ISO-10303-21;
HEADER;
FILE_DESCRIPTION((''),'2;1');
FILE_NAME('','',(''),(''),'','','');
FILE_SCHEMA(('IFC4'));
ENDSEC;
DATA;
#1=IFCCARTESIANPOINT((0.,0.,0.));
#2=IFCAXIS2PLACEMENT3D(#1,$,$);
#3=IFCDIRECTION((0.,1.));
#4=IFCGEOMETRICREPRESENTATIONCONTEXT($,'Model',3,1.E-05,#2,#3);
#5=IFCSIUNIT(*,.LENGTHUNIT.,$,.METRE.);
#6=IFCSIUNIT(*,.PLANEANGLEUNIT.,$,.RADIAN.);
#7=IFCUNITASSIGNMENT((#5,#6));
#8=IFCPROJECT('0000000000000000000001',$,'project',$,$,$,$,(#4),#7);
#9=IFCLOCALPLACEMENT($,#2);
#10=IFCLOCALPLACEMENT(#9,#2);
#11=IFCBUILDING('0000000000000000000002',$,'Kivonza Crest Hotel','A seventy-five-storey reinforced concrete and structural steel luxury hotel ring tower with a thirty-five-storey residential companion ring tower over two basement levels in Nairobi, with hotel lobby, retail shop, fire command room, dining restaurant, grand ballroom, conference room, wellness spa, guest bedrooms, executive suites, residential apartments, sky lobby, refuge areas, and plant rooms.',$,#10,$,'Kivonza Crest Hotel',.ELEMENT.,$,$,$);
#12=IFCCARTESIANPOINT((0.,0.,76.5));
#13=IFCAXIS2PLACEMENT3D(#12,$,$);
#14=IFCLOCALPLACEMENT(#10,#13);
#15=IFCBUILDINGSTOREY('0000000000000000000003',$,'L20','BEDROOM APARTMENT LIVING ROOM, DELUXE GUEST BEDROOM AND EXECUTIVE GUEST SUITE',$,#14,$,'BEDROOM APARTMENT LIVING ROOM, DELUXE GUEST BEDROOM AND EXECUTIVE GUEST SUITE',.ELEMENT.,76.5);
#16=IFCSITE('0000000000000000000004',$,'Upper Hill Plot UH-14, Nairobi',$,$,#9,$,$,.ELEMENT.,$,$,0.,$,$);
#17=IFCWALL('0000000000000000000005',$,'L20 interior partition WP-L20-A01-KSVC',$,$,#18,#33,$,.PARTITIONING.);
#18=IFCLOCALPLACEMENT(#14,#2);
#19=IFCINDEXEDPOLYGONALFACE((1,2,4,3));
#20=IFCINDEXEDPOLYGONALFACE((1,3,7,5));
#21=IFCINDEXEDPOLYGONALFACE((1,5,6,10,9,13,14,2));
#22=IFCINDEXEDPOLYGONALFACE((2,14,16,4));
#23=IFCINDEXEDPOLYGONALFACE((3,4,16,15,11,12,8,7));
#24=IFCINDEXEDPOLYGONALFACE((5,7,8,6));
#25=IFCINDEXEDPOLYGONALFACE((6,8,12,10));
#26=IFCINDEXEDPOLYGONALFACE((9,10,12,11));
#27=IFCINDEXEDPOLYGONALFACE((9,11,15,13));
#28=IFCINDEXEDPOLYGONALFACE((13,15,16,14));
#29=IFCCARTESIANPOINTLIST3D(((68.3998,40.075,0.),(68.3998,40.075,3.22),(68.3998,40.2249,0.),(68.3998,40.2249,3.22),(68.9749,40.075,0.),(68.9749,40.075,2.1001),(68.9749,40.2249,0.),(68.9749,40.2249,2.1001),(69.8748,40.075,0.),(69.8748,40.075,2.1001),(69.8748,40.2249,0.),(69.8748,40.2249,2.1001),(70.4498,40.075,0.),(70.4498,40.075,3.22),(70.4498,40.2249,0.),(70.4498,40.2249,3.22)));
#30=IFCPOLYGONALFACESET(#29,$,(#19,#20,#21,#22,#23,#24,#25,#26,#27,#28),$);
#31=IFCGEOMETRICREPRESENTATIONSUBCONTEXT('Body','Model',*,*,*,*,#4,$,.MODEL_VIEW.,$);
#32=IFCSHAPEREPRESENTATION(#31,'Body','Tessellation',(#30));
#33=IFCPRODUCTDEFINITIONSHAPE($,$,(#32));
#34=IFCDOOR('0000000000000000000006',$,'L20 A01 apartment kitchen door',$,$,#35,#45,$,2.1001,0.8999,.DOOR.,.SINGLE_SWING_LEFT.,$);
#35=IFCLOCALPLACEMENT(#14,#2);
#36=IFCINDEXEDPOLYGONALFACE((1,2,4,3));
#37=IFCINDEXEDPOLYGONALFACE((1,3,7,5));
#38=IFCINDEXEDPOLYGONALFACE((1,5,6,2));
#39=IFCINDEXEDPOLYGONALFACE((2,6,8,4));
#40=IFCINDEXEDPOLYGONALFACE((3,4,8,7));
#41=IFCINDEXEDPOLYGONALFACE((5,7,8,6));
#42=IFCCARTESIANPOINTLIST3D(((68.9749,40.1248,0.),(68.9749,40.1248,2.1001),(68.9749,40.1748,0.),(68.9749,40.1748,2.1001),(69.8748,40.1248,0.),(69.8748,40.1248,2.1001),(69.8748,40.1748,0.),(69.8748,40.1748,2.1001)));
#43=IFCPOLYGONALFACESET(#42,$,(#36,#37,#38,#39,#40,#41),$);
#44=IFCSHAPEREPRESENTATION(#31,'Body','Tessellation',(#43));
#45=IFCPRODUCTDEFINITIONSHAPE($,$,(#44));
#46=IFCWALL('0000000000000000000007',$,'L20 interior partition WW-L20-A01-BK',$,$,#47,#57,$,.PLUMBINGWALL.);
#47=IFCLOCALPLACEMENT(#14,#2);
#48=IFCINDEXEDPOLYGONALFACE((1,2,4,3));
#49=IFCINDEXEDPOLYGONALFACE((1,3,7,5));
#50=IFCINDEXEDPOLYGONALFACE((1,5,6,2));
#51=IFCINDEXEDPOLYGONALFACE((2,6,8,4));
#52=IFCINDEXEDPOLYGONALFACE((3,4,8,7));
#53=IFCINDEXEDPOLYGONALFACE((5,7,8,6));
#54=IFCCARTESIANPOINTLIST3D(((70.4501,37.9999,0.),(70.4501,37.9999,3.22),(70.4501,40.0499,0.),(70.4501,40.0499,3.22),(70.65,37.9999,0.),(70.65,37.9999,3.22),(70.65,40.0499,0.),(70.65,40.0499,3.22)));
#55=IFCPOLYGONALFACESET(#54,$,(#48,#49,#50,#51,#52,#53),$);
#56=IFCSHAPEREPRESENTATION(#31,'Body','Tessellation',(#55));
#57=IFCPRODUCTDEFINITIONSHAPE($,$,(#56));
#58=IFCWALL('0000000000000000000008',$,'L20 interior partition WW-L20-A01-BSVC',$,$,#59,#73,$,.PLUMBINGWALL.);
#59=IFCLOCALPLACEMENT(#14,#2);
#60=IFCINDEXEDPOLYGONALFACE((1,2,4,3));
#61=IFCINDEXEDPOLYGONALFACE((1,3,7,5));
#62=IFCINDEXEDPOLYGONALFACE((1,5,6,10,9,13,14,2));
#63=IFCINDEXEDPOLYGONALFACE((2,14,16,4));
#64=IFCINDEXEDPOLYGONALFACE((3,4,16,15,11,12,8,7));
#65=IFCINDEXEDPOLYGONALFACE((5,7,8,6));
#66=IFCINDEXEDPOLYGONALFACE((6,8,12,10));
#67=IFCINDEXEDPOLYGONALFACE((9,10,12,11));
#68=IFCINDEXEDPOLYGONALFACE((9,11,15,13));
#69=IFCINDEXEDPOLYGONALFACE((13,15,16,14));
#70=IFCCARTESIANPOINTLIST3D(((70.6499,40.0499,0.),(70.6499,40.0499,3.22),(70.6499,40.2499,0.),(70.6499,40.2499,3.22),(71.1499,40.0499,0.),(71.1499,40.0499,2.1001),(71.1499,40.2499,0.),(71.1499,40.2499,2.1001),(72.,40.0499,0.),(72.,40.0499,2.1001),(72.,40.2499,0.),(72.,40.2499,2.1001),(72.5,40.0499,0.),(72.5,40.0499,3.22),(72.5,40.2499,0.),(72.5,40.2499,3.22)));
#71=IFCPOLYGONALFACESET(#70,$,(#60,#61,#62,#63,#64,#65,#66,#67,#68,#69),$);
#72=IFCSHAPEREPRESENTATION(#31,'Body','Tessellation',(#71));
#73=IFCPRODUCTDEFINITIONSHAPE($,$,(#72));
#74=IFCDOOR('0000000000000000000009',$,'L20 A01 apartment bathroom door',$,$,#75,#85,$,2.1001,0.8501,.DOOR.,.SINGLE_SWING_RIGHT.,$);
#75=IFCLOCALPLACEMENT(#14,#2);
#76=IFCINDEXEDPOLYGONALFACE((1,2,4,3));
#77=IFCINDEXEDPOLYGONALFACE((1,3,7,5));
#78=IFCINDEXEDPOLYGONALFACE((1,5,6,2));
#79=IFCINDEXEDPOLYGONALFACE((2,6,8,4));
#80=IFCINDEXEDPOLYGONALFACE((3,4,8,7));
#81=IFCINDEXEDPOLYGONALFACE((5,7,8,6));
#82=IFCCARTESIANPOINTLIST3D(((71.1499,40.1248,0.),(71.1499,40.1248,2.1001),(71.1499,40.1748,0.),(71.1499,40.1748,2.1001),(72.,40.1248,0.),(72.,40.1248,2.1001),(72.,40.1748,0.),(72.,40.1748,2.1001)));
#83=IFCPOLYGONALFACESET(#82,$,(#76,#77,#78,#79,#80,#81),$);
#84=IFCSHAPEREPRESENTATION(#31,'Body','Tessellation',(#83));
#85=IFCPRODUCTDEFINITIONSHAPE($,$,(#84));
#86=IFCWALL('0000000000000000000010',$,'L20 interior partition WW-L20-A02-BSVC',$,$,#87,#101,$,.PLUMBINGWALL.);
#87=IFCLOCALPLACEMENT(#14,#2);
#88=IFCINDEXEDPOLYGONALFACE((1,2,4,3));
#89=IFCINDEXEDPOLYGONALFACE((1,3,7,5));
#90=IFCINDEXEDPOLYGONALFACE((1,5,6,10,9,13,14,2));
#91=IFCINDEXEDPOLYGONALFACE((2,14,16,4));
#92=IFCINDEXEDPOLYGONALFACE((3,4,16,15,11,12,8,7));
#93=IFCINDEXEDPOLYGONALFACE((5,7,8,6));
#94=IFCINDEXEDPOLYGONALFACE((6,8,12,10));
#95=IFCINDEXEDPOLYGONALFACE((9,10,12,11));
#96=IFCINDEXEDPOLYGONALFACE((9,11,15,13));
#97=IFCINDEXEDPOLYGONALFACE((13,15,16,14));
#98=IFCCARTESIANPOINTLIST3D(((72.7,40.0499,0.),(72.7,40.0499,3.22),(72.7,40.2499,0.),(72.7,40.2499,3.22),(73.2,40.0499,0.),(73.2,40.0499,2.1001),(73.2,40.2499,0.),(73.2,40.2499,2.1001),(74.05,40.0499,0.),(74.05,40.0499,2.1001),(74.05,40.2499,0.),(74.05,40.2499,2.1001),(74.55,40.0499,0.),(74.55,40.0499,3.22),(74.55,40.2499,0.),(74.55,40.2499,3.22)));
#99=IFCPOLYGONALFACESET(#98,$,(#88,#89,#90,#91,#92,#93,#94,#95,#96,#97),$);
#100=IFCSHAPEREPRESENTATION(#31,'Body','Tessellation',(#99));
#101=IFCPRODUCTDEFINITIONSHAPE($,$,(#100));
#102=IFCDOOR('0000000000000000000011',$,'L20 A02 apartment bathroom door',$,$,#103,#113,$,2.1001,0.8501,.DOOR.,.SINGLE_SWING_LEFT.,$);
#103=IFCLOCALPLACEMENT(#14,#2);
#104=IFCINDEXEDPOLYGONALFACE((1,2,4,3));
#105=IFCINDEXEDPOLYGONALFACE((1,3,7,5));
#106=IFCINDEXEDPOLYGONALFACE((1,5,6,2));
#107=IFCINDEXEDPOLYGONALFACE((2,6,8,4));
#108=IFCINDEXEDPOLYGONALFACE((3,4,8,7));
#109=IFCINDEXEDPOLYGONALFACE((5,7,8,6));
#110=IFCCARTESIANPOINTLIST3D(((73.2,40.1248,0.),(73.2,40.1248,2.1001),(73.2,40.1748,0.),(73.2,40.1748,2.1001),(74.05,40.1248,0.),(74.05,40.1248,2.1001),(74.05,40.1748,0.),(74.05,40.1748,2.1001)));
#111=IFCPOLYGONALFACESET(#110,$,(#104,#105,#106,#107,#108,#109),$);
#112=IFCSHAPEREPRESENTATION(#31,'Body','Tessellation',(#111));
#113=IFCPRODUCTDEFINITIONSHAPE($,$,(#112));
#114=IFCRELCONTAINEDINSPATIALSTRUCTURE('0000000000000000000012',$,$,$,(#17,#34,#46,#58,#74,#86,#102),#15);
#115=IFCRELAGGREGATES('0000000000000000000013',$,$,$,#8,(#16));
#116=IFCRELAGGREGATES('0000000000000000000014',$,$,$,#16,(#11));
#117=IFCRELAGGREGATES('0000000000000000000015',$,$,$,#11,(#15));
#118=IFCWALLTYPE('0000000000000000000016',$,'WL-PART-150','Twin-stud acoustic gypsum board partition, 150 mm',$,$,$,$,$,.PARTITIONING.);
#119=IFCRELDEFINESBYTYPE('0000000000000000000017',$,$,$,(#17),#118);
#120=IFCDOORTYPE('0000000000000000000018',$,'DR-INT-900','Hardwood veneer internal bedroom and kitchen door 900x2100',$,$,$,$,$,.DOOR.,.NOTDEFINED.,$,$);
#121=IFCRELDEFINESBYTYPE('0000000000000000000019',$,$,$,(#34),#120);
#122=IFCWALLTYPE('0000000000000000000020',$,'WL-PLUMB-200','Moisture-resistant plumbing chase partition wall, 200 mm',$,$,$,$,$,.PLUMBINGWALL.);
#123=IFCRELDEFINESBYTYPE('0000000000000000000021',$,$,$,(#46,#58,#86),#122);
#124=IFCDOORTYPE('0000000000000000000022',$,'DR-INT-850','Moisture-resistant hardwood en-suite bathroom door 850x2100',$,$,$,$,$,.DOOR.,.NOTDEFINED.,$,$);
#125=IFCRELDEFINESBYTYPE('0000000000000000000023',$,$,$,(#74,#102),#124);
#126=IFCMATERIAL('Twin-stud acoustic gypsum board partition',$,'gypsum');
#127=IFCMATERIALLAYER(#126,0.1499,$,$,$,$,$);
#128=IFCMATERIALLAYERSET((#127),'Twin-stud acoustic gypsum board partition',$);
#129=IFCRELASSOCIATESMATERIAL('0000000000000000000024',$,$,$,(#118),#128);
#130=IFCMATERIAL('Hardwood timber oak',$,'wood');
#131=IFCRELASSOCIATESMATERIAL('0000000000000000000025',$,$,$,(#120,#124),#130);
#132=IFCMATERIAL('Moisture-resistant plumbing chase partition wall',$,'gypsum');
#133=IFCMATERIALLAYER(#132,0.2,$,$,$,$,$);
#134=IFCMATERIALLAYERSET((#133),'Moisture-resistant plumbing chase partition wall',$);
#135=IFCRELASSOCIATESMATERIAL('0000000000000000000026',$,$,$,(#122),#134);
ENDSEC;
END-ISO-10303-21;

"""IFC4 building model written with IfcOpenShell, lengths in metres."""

from ifc_helpers import new_model, si_unit, direction, frame, frame_2d, origin, place, context, subcontext, project, spatial, rectangle, extrude, material, layer, layer_set, type_object, element, fill, save


model = new_model("IFC4")

# Units and contexts
model_context = context("Model", 3, precision=1e-05, world=origin(), true_north=direction((0.0, 1.0)))
body_context = subcontext(model_context, "Body", "Model", "MODEL_VIEW")
ifc_project = project(units=[si_unit("LENGTHUNIT", "METRE"), si_unit("PLANEANGLEUNIT", "RADIAN")], contexts=[model_context])

# Site, building, storey
site_placement = place(None, origin())
site = spatial("IfcSite", under=ifc_project, at=site_placement, Name="Upper Hill Plot UH-14, Nairobi", CompositionType="ELEMENT", RefElevation=0.0)
building_placement = place(site_placement, origin())
building = spatial("IfcBuilding", under=site, at=building_placement, Name="Kivonza Crest Hotel", Description="A seventy-five-storey reinforced concrete and structural steel luxury hotel ring tower with a thirty-five-storey residential companion ring tower over two basement levels in Nairobi, with hotel lobby, retail shop, fire command room, dining restaurant, grand ballroom, conference room, wellness spa, guest bedrooms, executive suites, residential apartments, sky lobby, refuge areas, and plant rooms.", LongName="Kivonza Crest Hotel", CompositionType="ELEMENT")
storey_placement = place(building_placement, frame((0.0, 0.0, 76.5)))
storey = spatial("IfcBuildingStorey", under=building, at=storey_placement, Name="L20", Description="BEDROOM APARTMENT LIVING ROOM, DELUXE GUEST BEDROOM AND EXECUTIVE GUEST SUITE", LongName="BEDROOM APARTMENT LIVING ROOM, DELUXE GUEST BEDROOM AND EXECUTIVE GUEST SUITE", CompositionType="ELEMENT", Elevation=76.5)

# Shared definitions
ifc_material_1 = material(Name="Hardwood timber oak", Category="wood")

# Shared definitions
ifc_material_2 = material(Name="Twin-stud acoustic gypsum board partition", Category="gypsum")
ifc_layer_1 = layer(ifc_material_2, 0.1499)
ifc_layer_set_1 = layer_set([ifc_layer_1], Name="Twin-stud acoustic gypsum board partition")
wall_type_1 = type_object("IfcWallType", Name="WL-PART-150", Description="Twin-stud acoustic gypsum board partition, 150 mm", PredefinedType="PARTITIONING", material=ifc_layer_set_1)

# Wall, opening, door
wall_1_placement = place(storey_placement, frame((68.3999, 40.1499, 0.0), z_axis=(0.0, 0.0, 1.0), x_axis=(1.0, 0.0, 0.0)))
wall_1 = element("IfcWall", 1, at=wall_1_placement, inside=storey, type_object=wall_type_1, Name="L20 interior partition WP-L20-A01-KSVC", PredefinedType="PARTITIONING", context=body_context, shape_type="SweptSolid", body=[
    extrude(rectangle(XDim=2.05, YDim=0.1499, at=frame_2d((1.0249, 0.0))), origin(), (0.0, 0.0, 1.0), 3.22),
])
opening_1_placement = place(wall_1_placement, frame((0.575, 0.0, 0.0)))
opening_1 = element("IfcOpeningElement", 2, at=opening_1_placement, cuts=wall_1, PredefinedType="OPENING", context=body_context, shape_type="SweptSolid", body=[
    extrude(rectangle(XDim=0.8999, YDim=2.1001, at=frame_2d((0.45, 1.05))), frame((0.0, 0.085, 0.0), z_axis=(0.0, -1.0, 0.0), x_axis=(1.0, 0.0, 0.0)), (0.0, 0.0, 1.0), 0.1699),
])
door_type_1 = type_object("IfcDoorType", Name="DR-INT-900", Description="Hardwood veneer internal bedroom and kitchen door 900x2100", OperationType="NOTDEFINED", PredefinedType="DOOR", material=ifc_material_1)
door_1_placement = place(opening_1_placement, origin())
door_1 = element("IfcDoor", 3, at=door_1_placement, inside=storey, type_object=door_type_1, Name="L20 A01 apartment kitchen door", OperationType="SINGLE_SWING_LEFT", OverallHeight=2.1001, OverallWidth=0.8999, PredefinedType="DOOR", context=body_context, shape_type="SweptSolid", body=[
    extrude(rectangle(XDim=0.8999, YDim=2.1001, at=frame_2d((0.45, 1.05))), frame((0.0, 0.0249, 0.0), z_axis=(0.0, -1.0, 0.0), x_axis=(1.0, 0.0, 0.0)), (0.0, 0.0, 1.0), 0.05),
])
fill(opening_1, door_1)

# Wall
ifc_material_3 = material(Name="Moisture-resistant plumbing chase partition wall", Category="gypsum")
ifc_layer_2 = layer(ifc_material_3, 0.2)
ifc_layer_set_2 = layer_set([ifc_layer_2], Name="Moisture-resistant plumbing chase partition wall")
wall_type_2 = type_object("IfcWallType", Name="WL-PLUMB-200", Description="Moisture-resistant plumbing chase partition wall, 200 mm", PredefinedType="PLUMBINGWALL", material=ifc_layer_set_2)
wall_2_placement = place(storey_placement, frame((70.55, 38.0, 0.0), z_axis=(0.0, 0.0, 1.0), x_axis=(0.0, 1.0, 0.0)))
element("IfcWall", 4, at=wall_2_placement, inside=storey, type_object=wall_type_2, Name="L20 interior partition WW-L20-A01-BK", PredefinedType="PLUMBINGWALL", context=body_context, shape_type="SweptSolid", body=[
    extrude(rectangle(XDim=2.05, YDim=0.2, at=frame_2d((1.0249, 0.0))), origin(), (0.0, 0.0, 1.0), 3.22),
])

# Walls, openings, doors
wall_3_placement = place(storey_placement, frame((70.6499, 40.1499, 0.0), z_axis=(0.0, 0.0, 1.0), x_axis=(1.0, 0.0, 0.0)))
wall_3 = element("IfcWall", 5, at=wall_3_placement, inside=storey, type_object=wall_type_2, Name="L20 interior partition WW-L20-A01-BSVC", PredefinedType="PLUMBINGWALL", context=body_context, shape_type="SweptSolid", body=[
    extrude(rectangle(XDim=1.8501, YDim=0.2, at=frame_2d((0.925, 0.0))), origin(), (0.0, 0.0, 1.0), 3.22),
])
opening_2_placement = place(wall_3_placement, frame((0.5, 0.0, 0.0)))
opening_2 = element("IfcOpeningElement", 6, at=opening_2_placement, cuts=wall_3, PredefinedType="OPENING", context=body_context, shape_type="SweptSolid", body=[
    extrude(rectangle(XDim=0.8501, YDim=2.1001, at=frame_2d((0.425, 1.05))), frame((0.0, 0.1099, 0.0), z_axis=(0.0, -1.0, 0.0), x_axis=(1.0, 0.0, 0.0)), (0.0, 0.0, 1.0), 0.22),
])
door_type_2 = type_object("IfcDoorType", Name="DR-INT-850", Description="Moisture-resistant hardwood en-suite bathroom door 850x2100", OperationType="NOTDEFINED", PredefinedType="DOOR", material=ifc_material_1)
door_2_placement = place(opening_2_placement, origin())
door_2 = element("IfcDoor", 7, at=door_2_placement, inside=storey, type_object=door_type_2, Name="L20 A01 apartment bathroom door", OperationType="SINGLE_SWING_RIGHT", OverallHeight=2.1001, OverallWidth=0.8501, PredefinedType="DOOR", context=body_context, shape_type="SweptSolid", body=[
    extrude(rectangle(XDim=0.8501, YDim=2.1001, at=frame_2d((0.425, 1.05))), frame((0.0, 0.0249, 0.0), z_axis=(0.0, -1.0, 0.0), x_axis=(1.0, 0.0, 0.0)), (0.0, 0.0, 1.0), 0.05),
])
fill(opening_2, door_2)
wall_4_placement = place(storey_placement, frame((72.7, 40.1499, 0.0), z_axis=(0.0, 0.0, 1.0), x_axis=(1.0, 0.0, 0.0)))
wall_4 = element("IfcWall", 8, at=wall_4_placement, inside=storey, type_object=wall_type_2, Name="L20 interior partition WW-L20-A02-BSVC", PredefinedType="PLUMBINGWALL", context=body_context, shape_type="SweptSolid", body=[
    extrude(rectangle(XDim=1.8501, YDim=0.2, at=frame_2d((0.925, 0.0))), origin(), (0.0, 0.0, 1.0), 3.22),
])
opening_3_placement = place(wall_4_placement, frame((0.5, 0.0, 0.0)))
opening_3 = element("IfcOpeningElement", 9, at=opening_3_placement, cuts=wall_4, PredefinedType="OPENING", context=body_context, shape_type="SweptSolid", body=[
    extrude(rectangle(XDim=0.8501, YDim=2.1001, at=frame_2d((0.425, 1.05))), frame((0.0, 0.1099, 0.0), z_axis=(0.0, -1.0, 0.0), x_axis=(1.0, 0.0, 0.0)), (0.0, 0.0, 1.0), 0.22),
])
door_3_placement = place(opening_3_placement, origin())
door_3 = element("IfcDoor", 10, at=door_3_placement, inside=storey, type_object=door_type_2, Name="L20 A02 apartment bathroom door", OperationType="SINGLE_SWING_LEFT", OverallHeight=2.1001, OverallWidth=0.8501, PredefinedType="DOOR", context=body_context, shape_type="SweptSolid", body=[
    extrude(rectangle(XDim=0.8501, YDim=2.1001, at=frame_2d((0.425, 1.05))), frame((0.0, 0.0249, 0.0), z_axis=(0.0, -1.0, 0.0), x_axis=(1.0, 0.0, 0.0)), (0.0, 0.0, 1.0), 0.05),
])
fill(opening_3, door_3)

save(model, "model.ifc")
